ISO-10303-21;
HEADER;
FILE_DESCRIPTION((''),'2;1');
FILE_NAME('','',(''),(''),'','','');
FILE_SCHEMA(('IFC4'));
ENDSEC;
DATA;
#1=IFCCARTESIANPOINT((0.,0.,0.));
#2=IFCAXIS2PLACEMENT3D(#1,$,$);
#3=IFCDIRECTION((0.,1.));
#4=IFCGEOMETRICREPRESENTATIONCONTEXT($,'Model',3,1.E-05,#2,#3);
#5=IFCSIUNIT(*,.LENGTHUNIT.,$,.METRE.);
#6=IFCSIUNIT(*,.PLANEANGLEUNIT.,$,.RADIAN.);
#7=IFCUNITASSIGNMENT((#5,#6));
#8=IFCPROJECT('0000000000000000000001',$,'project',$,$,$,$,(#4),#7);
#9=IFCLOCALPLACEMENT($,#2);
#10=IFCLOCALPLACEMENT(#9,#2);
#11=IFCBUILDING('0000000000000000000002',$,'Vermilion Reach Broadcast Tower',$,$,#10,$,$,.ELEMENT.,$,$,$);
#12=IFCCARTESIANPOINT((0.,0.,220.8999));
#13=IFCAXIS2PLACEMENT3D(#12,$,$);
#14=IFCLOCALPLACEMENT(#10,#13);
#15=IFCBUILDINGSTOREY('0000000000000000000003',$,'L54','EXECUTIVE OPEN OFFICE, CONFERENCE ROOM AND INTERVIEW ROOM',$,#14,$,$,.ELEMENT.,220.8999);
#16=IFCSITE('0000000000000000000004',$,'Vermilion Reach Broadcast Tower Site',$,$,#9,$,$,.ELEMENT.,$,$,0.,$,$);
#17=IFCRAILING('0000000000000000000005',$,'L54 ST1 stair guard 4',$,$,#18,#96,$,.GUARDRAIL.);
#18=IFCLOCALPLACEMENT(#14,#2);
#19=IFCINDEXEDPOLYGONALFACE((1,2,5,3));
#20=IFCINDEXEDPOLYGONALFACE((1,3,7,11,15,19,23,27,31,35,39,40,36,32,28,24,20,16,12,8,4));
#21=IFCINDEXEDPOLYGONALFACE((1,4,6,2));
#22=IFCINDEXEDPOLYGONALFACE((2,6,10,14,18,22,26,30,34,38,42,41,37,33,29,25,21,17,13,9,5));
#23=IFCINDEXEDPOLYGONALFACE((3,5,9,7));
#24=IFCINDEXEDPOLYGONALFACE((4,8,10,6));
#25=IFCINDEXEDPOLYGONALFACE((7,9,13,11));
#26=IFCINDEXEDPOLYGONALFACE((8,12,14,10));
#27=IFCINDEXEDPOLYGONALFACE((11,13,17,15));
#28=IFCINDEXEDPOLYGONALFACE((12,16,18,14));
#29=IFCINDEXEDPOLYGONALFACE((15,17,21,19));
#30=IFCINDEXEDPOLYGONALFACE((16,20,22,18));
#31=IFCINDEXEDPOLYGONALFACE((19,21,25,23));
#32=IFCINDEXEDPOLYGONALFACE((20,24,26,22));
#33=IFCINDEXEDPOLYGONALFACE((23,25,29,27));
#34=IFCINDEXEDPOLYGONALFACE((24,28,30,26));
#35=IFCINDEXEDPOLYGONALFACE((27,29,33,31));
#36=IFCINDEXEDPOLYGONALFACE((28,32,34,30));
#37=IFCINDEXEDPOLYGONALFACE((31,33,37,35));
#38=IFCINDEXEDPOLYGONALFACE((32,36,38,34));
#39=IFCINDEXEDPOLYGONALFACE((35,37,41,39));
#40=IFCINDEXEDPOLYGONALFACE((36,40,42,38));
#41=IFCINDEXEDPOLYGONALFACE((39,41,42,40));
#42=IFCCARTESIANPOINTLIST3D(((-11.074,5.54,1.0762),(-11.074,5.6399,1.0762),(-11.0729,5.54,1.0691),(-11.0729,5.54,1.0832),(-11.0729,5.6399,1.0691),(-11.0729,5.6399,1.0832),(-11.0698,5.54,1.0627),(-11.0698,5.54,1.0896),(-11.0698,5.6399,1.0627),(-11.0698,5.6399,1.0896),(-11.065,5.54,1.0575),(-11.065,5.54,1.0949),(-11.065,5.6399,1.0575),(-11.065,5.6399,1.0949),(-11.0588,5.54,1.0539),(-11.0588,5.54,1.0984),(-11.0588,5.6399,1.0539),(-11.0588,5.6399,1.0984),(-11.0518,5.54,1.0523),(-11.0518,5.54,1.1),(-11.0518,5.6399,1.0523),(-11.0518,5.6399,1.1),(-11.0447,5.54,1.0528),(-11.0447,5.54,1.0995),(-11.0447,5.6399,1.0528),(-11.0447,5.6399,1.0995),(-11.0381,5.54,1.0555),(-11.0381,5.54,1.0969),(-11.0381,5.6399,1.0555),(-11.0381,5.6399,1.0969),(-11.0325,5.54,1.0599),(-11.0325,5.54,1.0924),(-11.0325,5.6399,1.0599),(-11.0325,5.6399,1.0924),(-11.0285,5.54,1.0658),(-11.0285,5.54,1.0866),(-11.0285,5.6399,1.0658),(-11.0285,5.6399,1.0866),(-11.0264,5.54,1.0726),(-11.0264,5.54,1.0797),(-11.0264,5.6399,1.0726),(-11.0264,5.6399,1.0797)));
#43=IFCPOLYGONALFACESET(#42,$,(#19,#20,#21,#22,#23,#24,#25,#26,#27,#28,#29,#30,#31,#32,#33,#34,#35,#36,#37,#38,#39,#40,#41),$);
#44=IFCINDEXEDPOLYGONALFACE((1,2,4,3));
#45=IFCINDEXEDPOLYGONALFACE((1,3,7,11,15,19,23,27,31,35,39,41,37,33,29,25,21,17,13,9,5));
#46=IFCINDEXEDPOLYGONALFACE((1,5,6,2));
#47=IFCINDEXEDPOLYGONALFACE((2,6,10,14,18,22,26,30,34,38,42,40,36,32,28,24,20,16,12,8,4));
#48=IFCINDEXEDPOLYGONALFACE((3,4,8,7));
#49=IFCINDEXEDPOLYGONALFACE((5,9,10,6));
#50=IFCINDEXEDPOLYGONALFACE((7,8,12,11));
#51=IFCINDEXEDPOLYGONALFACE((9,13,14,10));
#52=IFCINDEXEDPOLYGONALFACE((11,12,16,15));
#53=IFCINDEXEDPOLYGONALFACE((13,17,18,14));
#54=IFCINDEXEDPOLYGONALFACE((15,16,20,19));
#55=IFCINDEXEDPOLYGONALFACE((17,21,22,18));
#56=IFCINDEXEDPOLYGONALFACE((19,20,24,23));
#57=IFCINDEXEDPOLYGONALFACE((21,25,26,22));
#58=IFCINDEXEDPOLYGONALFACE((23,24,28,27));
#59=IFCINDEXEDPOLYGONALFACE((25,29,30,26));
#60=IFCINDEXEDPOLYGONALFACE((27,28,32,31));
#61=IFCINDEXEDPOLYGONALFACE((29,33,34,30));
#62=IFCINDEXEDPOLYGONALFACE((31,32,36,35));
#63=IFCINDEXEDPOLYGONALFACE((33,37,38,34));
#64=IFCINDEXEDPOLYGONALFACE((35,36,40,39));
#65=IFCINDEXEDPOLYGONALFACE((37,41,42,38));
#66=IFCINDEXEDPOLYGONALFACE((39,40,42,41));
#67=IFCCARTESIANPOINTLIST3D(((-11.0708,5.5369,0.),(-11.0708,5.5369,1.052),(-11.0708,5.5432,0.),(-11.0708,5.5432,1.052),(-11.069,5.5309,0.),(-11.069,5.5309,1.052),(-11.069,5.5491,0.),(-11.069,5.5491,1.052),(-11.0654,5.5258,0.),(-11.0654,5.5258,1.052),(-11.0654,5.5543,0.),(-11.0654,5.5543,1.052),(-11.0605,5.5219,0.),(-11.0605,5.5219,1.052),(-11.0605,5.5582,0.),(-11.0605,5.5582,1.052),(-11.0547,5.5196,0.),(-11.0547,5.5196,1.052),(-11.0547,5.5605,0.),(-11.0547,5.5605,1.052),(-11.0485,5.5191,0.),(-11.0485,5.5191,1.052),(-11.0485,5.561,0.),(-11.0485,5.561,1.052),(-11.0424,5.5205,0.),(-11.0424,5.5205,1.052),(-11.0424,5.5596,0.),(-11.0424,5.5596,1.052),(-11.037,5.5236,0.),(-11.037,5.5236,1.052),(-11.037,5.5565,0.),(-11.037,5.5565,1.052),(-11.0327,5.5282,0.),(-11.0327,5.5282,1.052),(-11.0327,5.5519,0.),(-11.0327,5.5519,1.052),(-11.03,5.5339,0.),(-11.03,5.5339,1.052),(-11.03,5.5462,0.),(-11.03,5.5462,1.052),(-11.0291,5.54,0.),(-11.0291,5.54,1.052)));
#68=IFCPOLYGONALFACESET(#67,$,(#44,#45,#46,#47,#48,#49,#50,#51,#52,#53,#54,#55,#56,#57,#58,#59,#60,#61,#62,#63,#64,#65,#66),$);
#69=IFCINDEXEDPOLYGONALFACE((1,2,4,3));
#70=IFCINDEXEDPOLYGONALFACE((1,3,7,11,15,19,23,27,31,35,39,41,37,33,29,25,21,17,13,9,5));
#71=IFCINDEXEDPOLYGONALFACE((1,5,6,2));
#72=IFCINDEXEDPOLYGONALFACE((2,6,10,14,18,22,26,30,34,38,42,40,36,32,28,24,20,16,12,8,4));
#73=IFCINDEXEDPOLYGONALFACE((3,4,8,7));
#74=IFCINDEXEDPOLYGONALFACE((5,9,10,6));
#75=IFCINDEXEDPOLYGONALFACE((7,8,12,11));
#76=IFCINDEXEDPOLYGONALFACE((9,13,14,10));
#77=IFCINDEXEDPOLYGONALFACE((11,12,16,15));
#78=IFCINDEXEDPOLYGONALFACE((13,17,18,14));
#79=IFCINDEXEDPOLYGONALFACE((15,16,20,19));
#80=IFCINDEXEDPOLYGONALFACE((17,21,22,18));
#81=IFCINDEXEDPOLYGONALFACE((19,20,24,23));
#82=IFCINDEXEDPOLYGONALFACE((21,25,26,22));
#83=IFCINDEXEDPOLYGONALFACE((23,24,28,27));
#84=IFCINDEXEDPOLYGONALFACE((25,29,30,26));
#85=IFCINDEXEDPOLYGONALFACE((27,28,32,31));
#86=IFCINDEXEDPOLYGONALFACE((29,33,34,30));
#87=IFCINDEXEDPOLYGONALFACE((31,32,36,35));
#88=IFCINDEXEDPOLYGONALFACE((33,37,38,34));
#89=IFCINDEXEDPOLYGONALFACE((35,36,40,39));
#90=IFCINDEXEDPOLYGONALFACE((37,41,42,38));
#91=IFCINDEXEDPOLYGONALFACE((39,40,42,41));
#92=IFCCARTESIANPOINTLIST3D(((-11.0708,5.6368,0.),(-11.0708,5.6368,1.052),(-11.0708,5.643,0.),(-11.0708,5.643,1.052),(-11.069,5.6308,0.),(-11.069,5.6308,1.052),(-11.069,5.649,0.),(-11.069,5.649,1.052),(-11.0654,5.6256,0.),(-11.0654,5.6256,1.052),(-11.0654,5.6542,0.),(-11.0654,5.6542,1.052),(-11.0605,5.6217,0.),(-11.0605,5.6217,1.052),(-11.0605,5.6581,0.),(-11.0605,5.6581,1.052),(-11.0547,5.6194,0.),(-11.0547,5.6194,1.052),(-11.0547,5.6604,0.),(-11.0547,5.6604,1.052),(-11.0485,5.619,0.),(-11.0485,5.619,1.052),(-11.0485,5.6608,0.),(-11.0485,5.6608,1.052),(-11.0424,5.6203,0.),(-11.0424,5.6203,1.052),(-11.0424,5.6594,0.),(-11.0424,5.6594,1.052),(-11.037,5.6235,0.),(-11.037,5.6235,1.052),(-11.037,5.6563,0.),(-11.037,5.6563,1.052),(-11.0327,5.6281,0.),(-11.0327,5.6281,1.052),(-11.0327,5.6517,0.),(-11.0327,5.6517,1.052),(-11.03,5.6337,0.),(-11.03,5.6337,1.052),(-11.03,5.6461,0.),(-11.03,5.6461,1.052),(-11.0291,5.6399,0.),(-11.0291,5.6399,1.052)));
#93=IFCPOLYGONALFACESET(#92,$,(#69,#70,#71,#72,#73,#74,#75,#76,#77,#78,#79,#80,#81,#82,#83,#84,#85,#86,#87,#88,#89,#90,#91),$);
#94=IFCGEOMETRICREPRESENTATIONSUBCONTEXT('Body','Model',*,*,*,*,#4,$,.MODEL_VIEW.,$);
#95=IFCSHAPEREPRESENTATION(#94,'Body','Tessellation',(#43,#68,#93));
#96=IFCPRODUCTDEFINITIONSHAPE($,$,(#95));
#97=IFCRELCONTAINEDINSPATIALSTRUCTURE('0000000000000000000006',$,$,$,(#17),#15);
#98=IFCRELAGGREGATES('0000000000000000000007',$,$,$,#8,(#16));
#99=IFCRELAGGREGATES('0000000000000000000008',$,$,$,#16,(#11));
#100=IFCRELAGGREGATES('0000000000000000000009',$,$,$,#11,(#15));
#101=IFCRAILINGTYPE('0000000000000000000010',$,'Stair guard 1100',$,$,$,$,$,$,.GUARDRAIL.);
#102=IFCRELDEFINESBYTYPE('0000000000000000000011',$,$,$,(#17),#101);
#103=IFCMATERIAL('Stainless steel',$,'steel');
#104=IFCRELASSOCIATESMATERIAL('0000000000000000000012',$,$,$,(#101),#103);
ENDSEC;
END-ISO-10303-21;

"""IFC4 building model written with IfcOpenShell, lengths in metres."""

from ifc_helpers import new_model, si_unit, direction, frame, origin, origin_2d, place, context, subcontext, project, spatial, circle, extrude, material, type_object, element, save


model = new_model("IFC4")

# Units and contexts
model_context = context("Model", 3, precision=1e-05, world=origin(), true_north=direction((0.0, 1.0)))
body_context = subcontext(model_context, "Body", "Model", "MODEL_VIEW")
ifc_project = project(units=[si_unit("LENGTHUNIT", "METRE"), si_unit("PLANEANGLEUNIT", "RADIAN")], contexts=[model_context])

# Site, building, storey
site_placement = place(None, origin())
site = spatial("IfcSite", under=ifc_project, at=site_placement, Name="Vermilion Reach Broadcast Tower Site", CompositionType="ELEMENT", RefElevation=0.0)
building_placement = place(site_placement, origin())
building = spatial("IfcBuilding", under=site, at=building_placement, Name="Vermilion Reach Broadcast Tower", CompositionType="ELEMENT")
storey_placement = place(building_placement, frame((0.0, 0.0, 220.8999)))
storey = spatial("IfcBuildingStorey", under=building, at=storey_placement, Name="L54", Description="EXECUTIVE OPEN OFFICE, CONFERENCE ROOM AND INTERVIEW ROOM", CompositionType="ELEMENT", Elevation=220.8999)

# Railing
ifc_material_1 = material(Name="Stainless steel", Category="steel")
railing_type_1 = type_object("IfcRailingType", Name="Stair guard 1100", PredefinedType="GUARDRAIL", material=ifc_material_1)
railing_1_placement = place(storey_placement, frame((-11.05, 5.54, 0.0)))
element("IfcRailing", 1, at=railing_1_placement, inside=storey, type_object=railing_type_1, Name="L54 ST1 stair guard 4", PredefinedType="GUARDRAIL", context=body_context, shape_type="SweptSolid", body=[
    extrude(circle(Radius=0.0239, at=origin_2d()), frame((0.0, 0.0, 1.0762), z_axis=(0.0, 1.0, 0.0), x_axis=(-1.0, 0.0, 0.0)), (0.0, 0.0, 1.0), 0.0999),
    extrude(circle(Radius=0.021, at=origin_2d()), origin(), (0.0, 0.0, 1.0), 1.052),
    extrude(circle(Radius=0.021, at=origin_2d()), frame((0.0, 0.0999, 0.0)), (0.0, 0.0, 1.0), 1.052),
])

save(model, "model.ifc")
